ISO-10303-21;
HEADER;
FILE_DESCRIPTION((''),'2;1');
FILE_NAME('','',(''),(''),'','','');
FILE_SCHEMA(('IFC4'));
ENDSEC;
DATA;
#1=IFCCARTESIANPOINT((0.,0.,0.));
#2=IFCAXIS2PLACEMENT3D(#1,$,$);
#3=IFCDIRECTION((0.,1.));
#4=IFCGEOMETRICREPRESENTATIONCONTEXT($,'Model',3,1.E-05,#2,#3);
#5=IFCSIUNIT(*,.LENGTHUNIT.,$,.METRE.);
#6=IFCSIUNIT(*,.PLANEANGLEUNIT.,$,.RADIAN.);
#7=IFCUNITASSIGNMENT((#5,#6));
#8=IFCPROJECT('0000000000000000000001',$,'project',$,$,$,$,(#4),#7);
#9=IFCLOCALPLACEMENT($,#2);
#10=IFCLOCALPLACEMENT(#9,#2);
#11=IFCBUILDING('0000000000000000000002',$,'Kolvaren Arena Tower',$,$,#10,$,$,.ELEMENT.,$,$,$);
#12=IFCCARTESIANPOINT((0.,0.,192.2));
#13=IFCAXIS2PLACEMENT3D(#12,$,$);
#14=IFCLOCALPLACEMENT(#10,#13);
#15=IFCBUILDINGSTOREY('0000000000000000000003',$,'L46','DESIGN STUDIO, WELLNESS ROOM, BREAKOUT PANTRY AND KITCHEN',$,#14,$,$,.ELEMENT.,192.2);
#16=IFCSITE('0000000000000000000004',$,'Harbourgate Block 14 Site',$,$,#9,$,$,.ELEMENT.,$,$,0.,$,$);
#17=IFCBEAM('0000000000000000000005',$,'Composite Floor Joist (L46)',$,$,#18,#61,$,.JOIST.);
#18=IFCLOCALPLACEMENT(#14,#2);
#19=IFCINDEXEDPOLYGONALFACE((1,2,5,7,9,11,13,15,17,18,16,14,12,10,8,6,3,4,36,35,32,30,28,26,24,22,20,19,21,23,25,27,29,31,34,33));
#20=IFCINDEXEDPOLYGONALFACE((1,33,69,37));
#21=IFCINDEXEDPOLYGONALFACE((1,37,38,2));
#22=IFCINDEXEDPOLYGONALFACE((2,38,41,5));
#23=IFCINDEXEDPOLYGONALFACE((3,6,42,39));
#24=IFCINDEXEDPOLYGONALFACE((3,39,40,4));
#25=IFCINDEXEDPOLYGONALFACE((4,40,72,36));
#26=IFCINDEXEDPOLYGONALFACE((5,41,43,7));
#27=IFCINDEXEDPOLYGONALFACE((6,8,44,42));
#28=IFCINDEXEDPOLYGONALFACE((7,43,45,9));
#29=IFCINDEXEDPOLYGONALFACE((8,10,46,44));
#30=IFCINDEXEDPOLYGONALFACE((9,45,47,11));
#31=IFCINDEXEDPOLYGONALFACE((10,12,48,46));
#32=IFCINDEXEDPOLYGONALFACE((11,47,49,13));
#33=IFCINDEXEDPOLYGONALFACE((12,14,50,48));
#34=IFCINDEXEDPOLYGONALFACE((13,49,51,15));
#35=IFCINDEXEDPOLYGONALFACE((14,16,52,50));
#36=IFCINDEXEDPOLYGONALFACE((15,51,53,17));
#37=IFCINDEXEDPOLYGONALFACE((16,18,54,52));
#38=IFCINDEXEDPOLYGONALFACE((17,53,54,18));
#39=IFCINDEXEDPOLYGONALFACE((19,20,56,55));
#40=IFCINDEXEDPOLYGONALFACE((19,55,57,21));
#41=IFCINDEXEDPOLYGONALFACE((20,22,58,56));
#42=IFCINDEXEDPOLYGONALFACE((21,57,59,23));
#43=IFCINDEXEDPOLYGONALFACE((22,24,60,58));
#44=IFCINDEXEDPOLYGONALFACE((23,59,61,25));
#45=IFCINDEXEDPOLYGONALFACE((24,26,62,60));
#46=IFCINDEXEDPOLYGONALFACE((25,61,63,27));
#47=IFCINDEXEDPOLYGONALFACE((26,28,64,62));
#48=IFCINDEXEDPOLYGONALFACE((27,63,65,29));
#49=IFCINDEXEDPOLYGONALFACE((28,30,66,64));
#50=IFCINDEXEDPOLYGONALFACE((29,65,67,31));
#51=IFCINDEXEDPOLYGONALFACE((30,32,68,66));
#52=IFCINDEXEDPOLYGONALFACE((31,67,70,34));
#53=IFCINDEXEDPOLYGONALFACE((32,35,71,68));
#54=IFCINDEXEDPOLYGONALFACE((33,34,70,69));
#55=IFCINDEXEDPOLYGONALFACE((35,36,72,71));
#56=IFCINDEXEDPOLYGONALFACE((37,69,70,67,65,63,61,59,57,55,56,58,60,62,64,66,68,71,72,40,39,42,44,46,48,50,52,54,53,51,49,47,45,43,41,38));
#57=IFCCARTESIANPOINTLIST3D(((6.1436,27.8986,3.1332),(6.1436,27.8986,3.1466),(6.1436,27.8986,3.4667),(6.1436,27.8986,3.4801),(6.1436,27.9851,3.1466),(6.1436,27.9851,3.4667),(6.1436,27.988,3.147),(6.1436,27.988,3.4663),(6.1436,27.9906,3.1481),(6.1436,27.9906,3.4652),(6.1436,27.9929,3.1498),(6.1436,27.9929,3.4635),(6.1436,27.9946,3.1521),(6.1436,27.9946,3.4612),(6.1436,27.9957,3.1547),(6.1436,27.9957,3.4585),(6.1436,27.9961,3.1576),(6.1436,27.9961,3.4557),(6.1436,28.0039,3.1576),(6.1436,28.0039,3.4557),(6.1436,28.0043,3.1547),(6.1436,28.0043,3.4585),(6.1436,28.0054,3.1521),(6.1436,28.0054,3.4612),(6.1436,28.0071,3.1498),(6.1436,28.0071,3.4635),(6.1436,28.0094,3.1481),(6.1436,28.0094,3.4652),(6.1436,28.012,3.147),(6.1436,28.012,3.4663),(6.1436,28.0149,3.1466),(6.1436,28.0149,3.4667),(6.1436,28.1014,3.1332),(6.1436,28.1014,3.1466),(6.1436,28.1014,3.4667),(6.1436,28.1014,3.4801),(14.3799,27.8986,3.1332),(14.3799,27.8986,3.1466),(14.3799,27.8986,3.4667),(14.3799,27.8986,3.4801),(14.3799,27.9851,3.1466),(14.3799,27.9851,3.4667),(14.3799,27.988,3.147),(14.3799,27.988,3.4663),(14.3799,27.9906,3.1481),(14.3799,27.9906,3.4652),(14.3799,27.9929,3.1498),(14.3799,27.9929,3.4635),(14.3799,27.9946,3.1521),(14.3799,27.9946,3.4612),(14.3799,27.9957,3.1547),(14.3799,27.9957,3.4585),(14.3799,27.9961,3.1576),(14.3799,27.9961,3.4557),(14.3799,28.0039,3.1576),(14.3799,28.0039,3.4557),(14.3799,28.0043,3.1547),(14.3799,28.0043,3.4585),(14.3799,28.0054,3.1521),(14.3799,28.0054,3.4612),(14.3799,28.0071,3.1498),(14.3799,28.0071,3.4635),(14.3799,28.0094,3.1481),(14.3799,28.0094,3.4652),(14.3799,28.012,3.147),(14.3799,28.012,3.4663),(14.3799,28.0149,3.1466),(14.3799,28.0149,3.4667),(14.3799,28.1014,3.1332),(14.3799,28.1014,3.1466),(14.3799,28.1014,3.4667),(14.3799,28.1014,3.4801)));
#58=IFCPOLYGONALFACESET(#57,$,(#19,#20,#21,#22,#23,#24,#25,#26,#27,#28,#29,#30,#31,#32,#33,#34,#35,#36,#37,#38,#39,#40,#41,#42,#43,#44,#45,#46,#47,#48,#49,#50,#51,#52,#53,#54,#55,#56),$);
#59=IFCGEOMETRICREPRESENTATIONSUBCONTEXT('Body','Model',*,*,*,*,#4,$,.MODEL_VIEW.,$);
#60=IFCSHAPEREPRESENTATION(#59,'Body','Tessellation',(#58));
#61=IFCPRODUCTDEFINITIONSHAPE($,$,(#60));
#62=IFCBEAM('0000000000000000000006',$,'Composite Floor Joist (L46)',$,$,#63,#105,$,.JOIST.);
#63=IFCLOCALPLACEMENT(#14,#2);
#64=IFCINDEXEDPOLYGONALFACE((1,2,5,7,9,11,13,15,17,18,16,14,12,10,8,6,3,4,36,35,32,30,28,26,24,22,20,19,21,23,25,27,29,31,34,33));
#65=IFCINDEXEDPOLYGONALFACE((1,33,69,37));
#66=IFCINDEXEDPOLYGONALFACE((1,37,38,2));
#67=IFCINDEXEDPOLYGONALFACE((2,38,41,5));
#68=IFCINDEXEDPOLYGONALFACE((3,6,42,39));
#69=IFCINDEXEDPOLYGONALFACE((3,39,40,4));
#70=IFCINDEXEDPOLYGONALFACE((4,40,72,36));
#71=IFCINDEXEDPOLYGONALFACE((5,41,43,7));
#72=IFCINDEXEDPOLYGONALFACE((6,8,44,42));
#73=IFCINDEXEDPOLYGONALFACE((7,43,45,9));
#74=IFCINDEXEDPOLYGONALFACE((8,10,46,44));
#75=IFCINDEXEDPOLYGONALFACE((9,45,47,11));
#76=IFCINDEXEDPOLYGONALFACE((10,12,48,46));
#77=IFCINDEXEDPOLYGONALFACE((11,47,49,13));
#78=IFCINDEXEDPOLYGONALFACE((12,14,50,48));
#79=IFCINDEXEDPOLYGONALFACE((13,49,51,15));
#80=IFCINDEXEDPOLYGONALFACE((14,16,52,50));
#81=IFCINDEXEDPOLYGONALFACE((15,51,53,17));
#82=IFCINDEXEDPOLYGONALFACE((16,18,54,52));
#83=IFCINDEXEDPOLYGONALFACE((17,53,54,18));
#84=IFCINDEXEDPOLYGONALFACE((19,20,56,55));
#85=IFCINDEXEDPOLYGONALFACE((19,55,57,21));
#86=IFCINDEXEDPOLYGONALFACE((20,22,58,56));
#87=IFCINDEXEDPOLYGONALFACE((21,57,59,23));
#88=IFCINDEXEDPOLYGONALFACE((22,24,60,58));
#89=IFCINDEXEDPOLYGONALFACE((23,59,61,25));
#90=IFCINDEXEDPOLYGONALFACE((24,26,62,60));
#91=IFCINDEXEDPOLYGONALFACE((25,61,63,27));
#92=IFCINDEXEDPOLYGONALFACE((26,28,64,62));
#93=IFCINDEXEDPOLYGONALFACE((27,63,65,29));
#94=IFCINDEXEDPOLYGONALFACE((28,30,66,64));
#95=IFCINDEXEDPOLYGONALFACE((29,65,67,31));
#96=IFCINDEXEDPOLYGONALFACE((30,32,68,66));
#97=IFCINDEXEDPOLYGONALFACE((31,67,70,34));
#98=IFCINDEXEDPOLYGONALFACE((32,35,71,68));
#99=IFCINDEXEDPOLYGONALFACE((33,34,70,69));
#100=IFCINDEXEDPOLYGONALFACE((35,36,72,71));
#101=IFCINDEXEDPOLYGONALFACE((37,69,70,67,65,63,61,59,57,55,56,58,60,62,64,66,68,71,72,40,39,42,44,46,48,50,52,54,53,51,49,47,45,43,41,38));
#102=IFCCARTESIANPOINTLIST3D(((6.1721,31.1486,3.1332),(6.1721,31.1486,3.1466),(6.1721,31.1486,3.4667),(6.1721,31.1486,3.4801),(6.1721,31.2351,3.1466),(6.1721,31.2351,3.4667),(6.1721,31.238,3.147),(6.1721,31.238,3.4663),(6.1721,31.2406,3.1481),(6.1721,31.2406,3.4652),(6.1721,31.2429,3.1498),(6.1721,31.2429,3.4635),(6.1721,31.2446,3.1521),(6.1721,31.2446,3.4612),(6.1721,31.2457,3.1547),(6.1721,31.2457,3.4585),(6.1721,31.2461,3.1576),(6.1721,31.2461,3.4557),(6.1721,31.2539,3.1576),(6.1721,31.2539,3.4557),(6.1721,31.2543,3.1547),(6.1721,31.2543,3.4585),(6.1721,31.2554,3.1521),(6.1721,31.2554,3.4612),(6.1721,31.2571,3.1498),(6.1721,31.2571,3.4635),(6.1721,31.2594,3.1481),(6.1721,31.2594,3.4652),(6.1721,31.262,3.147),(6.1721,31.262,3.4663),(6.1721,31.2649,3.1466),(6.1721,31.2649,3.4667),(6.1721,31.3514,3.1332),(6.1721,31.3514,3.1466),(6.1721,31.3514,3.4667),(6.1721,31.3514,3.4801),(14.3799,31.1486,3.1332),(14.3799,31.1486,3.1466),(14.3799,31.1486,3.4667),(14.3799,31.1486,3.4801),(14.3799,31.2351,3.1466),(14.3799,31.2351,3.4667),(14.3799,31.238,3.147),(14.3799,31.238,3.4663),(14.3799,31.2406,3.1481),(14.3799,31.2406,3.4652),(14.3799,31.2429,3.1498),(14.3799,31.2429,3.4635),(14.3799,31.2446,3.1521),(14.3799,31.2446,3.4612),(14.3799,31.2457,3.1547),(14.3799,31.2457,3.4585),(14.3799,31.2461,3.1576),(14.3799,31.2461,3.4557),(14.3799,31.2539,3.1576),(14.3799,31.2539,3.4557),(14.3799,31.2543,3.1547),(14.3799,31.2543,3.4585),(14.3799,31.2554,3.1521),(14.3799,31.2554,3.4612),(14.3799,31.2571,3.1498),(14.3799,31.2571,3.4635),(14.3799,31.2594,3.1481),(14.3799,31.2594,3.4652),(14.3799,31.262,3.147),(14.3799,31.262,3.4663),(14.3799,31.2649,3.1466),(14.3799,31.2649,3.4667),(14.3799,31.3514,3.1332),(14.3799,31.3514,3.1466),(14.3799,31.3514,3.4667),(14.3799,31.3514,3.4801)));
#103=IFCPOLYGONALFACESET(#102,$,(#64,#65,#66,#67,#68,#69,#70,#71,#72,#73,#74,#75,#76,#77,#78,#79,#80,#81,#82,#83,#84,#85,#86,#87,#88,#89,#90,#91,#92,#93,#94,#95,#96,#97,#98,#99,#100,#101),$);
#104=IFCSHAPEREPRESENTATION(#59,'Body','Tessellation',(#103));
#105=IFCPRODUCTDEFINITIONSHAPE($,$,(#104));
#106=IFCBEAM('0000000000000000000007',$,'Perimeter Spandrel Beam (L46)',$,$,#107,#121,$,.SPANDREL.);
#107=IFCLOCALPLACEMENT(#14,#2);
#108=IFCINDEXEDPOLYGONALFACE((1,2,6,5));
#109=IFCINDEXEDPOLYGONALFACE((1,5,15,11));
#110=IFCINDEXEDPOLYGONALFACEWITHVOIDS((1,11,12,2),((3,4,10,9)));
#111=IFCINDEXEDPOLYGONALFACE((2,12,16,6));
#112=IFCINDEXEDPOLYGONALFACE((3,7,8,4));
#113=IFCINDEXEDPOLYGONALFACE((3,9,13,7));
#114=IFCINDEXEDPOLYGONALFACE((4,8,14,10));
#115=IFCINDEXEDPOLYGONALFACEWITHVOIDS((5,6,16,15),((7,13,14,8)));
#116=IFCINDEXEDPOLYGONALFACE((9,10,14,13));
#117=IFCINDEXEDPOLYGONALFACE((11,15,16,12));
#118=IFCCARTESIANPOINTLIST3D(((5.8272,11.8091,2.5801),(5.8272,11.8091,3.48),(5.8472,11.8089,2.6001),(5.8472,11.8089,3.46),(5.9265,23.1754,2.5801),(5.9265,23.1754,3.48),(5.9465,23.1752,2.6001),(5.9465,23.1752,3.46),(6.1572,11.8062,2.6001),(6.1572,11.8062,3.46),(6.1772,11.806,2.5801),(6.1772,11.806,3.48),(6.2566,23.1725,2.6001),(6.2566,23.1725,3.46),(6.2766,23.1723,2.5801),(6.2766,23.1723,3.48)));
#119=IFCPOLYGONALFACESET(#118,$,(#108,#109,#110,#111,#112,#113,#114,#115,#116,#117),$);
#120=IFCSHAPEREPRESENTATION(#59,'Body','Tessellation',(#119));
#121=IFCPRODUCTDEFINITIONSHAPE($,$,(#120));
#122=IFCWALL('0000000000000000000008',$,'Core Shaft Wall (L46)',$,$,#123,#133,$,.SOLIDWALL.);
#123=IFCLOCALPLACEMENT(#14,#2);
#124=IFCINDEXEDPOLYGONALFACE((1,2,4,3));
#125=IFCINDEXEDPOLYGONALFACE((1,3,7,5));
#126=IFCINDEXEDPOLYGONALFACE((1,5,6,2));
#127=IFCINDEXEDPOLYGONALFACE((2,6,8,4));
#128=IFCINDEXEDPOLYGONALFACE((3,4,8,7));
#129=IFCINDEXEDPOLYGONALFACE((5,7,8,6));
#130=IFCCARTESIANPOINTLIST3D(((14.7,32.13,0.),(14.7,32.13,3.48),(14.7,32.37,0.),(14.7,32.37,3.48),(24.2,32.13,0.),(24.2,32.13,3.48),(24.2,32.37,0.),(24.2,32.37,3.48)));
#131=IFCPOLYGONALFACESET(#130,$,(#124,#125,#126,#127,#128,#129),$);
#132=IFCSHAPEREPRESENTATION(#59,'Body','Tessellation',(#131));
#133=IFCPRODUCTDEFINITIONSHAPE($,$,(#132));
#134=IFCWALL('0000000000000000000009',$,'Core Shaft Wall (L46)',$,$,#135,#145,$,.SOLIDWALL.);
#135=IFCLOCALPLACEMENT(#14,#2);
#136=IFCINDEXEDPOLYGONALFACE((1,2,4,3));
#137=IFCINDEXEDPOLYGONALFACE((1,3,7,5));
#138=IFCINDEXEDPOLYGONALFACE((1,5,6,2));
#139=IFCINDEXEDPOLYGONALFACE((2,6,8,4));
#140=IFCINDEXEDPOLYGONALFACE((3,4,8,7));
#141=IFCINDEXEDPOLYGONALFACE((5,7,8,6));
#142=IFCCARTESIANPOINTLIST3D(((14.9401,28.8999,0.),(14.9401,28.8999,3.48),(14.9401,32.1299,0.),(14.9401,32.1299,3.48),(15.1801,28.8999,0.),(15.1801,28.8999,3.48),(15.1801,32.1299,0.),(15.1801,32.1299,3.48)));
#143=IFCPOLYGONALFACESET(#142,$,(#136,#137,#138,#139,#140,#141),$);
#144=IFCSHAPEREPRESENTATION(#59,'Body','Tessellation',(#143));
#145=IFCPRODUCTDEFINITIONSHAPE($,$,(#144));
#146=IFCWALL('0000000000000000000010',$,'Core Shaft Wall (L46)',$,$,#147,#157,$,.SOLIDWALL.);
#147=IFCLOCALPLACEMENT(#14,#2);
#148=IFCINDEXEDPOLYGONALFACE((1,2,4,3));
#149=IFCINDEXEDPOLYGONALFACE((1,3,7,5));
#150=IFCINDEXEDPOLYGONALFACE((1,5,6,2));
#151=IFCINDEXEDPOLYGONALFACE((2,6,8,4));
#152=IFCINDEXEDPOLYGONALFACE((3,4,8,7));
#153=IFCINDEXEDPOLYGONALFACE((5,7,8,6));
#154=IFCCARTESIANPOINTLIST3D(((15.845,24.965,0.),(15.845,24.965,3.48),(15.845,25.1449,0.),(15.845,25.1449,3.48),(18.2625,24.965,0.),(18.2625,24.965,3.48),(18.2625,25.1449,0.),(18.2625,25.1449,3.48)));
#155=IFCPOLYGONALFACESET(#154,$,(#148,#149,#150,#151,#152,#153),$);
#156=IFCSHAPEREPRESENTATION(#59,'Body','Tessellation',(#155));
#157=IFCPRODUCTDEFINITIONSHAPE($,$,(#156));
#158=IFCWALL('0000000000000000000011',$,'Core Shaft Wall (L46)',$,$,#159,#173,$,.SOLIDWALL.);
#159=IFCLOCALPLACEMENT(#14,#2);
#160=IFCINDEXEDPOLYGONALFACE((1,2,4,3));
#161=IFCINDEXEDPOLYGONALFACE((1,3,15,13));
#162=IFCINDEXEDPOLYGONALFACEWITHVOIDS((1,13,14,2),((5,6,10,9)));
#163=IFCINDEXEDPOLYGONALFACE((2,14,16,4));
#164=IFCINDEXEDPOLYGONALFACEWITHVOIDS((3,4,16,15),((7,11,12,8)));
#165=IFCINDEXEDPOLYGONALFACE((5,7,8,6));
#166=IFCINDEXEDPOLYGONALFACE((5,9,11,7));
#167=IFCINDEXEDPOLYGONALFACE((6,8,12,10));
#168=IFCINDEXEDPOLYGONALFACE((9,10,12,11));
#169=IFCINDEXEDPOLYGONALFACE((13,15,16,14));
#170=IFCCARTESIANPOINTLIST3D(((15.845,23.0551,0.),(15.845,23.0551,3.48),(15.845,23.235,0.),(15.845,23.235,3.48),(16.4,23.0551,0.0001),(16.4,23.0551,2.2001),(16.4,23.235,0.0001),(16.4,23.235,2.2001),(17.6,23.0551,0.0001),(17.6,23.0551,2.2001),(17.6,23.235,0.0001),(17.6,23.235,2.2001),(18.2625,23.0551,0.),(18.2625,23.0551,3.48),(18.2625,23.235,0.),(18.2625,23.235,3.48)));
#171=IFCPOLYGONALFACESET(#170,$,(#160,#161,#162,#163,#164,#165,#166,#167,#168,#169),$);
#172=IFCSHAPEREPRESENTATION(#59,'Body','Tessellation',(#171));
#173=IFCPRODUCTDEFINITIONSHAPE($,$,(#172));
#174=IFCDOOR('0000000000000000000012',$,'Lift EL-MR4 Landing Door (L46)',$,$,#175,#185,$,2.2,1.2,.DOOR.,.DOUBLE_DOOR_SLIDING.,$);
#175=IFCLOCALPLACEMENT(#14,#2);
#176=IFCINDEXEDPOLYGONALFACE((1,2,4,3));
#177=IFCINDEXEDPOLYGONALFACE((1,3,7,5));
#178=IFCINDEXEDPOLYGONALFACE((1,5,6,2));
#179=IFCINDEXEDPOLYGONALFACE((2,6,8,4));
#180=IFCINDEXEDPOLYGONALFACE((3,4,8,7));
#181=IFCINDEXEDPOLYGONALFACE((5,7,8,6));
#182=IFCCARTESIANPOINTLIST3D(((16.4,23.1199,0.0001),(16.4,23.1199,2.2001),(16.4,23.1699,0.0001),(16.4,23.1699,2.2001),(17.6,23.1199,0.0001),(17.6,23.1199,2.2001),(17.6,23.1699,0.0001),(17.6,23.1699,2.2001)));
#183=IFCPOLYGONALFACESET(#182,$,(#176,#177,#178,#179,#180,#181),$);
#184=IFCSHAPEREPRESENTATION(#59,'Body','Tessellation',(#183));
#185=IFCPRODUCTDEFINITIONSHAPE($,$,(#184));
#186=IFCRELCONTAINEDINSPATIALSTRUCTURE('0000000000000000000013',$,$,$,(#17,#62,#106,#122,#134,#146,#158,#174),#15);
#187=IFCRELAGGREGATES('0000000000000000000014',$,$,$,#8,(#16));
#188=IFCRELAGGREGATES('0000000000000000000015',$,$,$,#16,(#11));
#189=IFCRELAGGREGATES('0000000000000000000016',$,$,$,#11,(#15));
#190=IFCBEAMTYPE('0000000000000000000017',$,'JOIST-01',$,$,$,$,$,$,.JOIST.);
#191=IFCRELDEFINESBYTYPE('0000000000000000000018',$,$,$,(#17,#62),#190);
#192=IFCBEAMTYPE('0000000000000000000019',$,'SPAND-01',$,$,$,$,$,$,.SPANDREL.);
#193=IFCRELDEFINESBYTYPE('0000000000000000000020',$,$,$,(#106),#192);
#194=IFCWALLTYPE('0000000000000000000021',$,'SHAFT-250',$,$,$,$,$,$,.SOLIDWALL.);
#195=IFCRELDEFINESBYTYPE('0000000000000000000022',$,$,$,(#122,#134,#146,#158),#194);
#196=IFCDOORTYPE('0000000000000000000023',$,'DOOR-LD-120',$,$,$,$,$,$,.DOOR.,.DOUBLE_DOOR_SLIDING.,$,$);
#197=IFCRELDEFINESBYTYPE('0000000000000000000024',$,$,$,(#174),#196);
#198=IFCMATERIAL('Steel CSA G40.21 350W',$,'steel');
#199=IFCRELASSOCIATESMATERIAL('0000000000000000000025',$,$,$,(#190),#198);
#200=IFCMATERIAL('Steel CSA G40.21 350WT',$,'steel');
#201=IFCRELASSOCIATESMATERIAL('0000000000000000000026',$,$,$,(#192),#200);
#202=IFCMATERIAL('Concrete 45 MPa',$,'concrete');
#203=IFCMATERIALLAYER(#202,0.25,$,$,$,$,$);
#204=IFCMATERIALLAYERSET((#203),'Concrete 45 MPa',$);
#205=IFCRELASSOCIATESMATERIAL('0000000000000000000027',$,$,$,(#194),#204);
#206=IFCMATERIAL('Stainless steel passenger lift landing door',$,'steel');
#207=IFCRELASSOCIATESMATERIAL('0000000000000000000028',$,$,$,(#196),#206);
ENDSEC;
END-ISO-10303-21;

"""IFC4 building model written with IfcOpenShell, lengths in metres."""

from ifc_helpers import new_model, si_unit, direction, frame, frame_2d, origin, origin_2d, place, context, subcontext, project, spatial, rectangle, hollow_rectangle, i_section, extrude, material, layer, layer_set, material_profile, profile_set, type_object, element, fill, save


model = new_model("IFC4")

# Units and contexts
model_context = context("Model", 3, precision=1e-05, world=origin(), true_north=direction((0.0, 1.0)))
body_context = subcontext(model_context, "Body", "Model", "MODEL_VIEW")
ifc_project = project(units=[si_unit("LENGTHUNIT", "METRE"), si_unit("PLANEANGLEUNIT", "RADIAN")], contexts=[model_context])

# Site, building, storey
site_placement = place(None, origin())
site = spatial("IfcSite", under=ifc_project, at=site_placement, Name="Harbourgate Block 14 Site", CompositionType="ELEMENT", RefElevation=0.0)
building_placement = place(site_placement, origin())
building = spatial("IfcBuilding", under=site, at=building_placement, Name="Kolvaren Arena Tower", CompositionType="ELEMENT")
storey_placement = place(building_placement, frame((0.0, 0.0, 192.2)))
storey = spatial("IfcBuildingStorey", under=building, at=storey_placement, Name="L46", Description="DESIGN STUDIO, WELLNESS ROOM, BREAKOUT PANTRY AND KITCHEN", CompositionType="ELEMENT", Elevation=192.2)

# Beams
ifc_material_1 = material(Name="Steel CSA G40.21 350W", Category="steel")
ifc_material_profile_1 = material_profile(ifc_material_1, i_section(OverallWidth=0.2029, OverallDepth=0.3469, WebThickness=0.0078, FlangeThickness=0.0134, FilletRadius=0.011, at=origin_2d()), Name="W360x64")
ifc_profile_set_1 = profile_set([ifc_material_profile_1], Name="Steel CSA G40.21 350W")
beam_type_1 = type_object("IfcBeamType", Name="JOIST-01", PredefinedType="JOIST", material=ifc_profile_set_1)
beam_1_placement = place(storey_placement, frame((6.1436, 28.0, 3.3066), z_axis=(1.0, 0.0, 0.0), x_axis=(0.0, 1.0, 0.0)))
element("IfcBeam", 1, at=beam_1_placement, inside=storey, type_object=beam_type_1, Name="Composite Floor Joist (L46)", PredefinedType="JOIST", context=body_context, shape_type="SweptSolid", body=[
    extrude(i_section(OverallWidth=0.2029, OverallDepth=0.3469, WebThickness=0.0078, FlangeThickness=0.0134, FilletRadius=0.011, at=origin_2d()), origin(), (0.0, 0.0, 1.0), 8.2363),
])
beam_2_placement = place(storey_placement, frame((6.1721, 31.25, 3.3066), z_axis=(1.0, 0.0, 0.0), x_axis=(0.0, 1.0, 0.0)))
element("IfcBeam", 2, at=beam_2_placement, inside=storey, type_object=beam_type_1, Name="Composite Floor Joist (L46)", PredefinedType="JOIST", context=body_context, shape_type="SweptSolid", body=[
    extrude(i_section(OverallWidth=0.2029, OverallDepth=0.3469, WebThickness=0.0078, FlangeThickness=0.0134, FilletRadius=0.011, at=origin_2d()), origin(), (0.0, 0.0, 1.0), 8.2078),
])
ifc_material_2 = material(Name="Steel CSA G40.21 350WT", Category="steel")
ifc_material_profile_2 = material_profile(ifc_material_2, hollow_rectangle(XDim=0.3501, YDim=0.8999, WallThickness=0.02, at=origin_2d()), Name="HSS 900x350x20")
ifc_profile_set_2 = profile_set([ifc_material_profile_2], Name="Steel CSA G40.21 350WT")
beam_type_2 = type_object("IfcBeamType", Name="SPAND-01", PredefinedType="SPANDREL", material=ifc_profile_set_2)
beam_3_placement = place(storey_placement, frame((6.1016, 23.1738, 3.03), z_axis=(-0.008742, -0.999962, 0.0), x_axis=(0.999962, -0.008742, 0.0)))
element("IfcBeam", 3, at=beam_3_placement, inside=storey, type_object=beam_type_2, Name="Perimeter Spandrel Beam (L46)", PredefinedType="SPANDREL", context=body_context, shape_type="SweptSolid", body=[
    extrude(hollow_rectangle(XDim=0.3501, YDim=0.8999, WallThickness=0.02, at=origin_2d()), origin(), (0.0, 0.0, 1.0), 11.3667),
])

# Walls
ifc_material_3 = material(Name="Concrete 45 MPa", Category="concrete")
ifc_layer = layer(ifc_material_3, 0.25)
ifc_layer_set = layer_set([ifc_layer], Name="Concrete 45 MPa")
wall_type = type_object("IfcWallType", Name="SHAFT-250", PredefinedType="SOLIDWALL", material=ifc_layer_set)
wall_1_placement = place(storey_placement, frame((14.7, 32.25, 0.0), z_axis=(0.0, 0.0, 1.0), x_axis=(1.0, 0.0, 0.0)))
element("IfcWall", 4, at=wall_1_placement, inside=storey, type_object=wall_type, Name="Core Shaft Wall (L46)", PredefinedType="SOLIDWALL", context=body_context, shape_type="SweptSolid", body=[
    extrude(rectangle(XDim=9.5, YDim=0.24, at=frame_2d((4.75, 0.0))), origin(), (0.0, 0.0, 1.0), 3.48),
])
wall_2_placement = place(storey_placement, frame((15.0601, 28.8999, 0.0), z_axis=(0.0, 0.0, 1.0), x_axis=(0.0, 1.0, 0.0)))
element("IfcWall", 5, at=wall_2_placement, inside=storey, type_object=wall_type, Name="Core Shaft Wall (L46)", PredefinedType="SOLIDWALL", context=body_context, shape_type="SweptSolid", body=[
    extrude(rectangle(XDim=3.23, YDim=0.24, at=frame_2d((1.615, 0.0))), origin(), (0.0, 0.0, 1.0), 3.48),
])
wall_3_placement = place(storey_placement, frame((15.845, 25.0549, 0.0), z_axis=(0.0, 0.0, 1.0), x_axis=(1.0, 0.0, 0.0)))
element("IfcWall", 6, at=wall_3_placement, inside=storey, type_object=wall_type, Name="Core Shaft Wall (L46)", PredefinedType="SOLIDWALL", context=body_context, shape_type="SweptSolid", body=[
    extrude(rectangle(XDim=2.4175, YDim=0.1799, at=frame_2d((1.2087, 0.0))), origin(), (0.0, 0.0, 1.0), 3.48),
])

# Wall, opening, door
wall_4_placement = place(storey_placement, frame((15.845, 23.145, 0.0), z_axis=(0.0, 0.0, 1.0), x_axis=(1.0, 0.0, 0.0)))
wall_4 = element("IfcWall", 7, at=wall_4_placement, inside=storey, type_object=wall_type, Name="Core Shaft Wall (L46)", PredefinedType="SOLIDWALL", context=body_context, shape_type="SweptSolid", body=[
    extrude(rectangle(XDim=2.4175, YDim=0.1799, at=frame_2d((1.2087, 0.0))), origin(), (0.0, 0.0, 1.0), 3.48),
])
opening_1_placement = place(wall_4_placement, frame((0.5549, 0.0, 0.0)))
opening_1 = element("IfcOpeningElement", 8, at=opening_1_placement, cuts=wall_4, PredefinedType="OPENING", context=body_context, shape_type="SweptSolid", body=[
    extrude(rectangle(XDim=1.2, YDim=2.2, at=frame_2d((0.6001, 1.1001))), frame((0.0, 0.0999, 0.0), z_axis=(0.0, -1.0, 0.0), x_axis=(1.0, 0.0, 0.0)), (0.0, 0.0, 1.0), 0.2),
])
ifc_material_4 = material(Name="Stainless steel passenger lift landing door", Category="steel")
door_type_1 = type_object("IfcDoorType", Name="DOOR-LD-120", OperationType="DOUBLE_DOOR_SLIDING", PredefinedType="DOOR", material=ifc_material_4)
door_1_placement = place(opening_1_placement, origin())
door_1 = element("IfcDoor", 9, at=door_1_placement, inside=storey, type_object=door_type_1, Name="Lift EL-MR4 Landing Door (L46)", OperationType="DOUBLE_DOOR_SLIDING", OverallHeight=2.2, OverallWidth=1.2, PredefinedType="DOOR", context=body_context, shape_type="SweptSolid", body=[
    extrude(rectangle(XDim=1.2, YDim=2.2, at=frame_2d((0.6001, 1.1001))), frame((0.0, 0.0249, 0.0), z_axis=(0.0, -1.0, 0.0), x_axis=(1.0, 0.0, 0.0)), (0.0, 0.0, 1.0), 0.05),
])
fill(opening_1, door_1)

save(model, "model.ifc")
